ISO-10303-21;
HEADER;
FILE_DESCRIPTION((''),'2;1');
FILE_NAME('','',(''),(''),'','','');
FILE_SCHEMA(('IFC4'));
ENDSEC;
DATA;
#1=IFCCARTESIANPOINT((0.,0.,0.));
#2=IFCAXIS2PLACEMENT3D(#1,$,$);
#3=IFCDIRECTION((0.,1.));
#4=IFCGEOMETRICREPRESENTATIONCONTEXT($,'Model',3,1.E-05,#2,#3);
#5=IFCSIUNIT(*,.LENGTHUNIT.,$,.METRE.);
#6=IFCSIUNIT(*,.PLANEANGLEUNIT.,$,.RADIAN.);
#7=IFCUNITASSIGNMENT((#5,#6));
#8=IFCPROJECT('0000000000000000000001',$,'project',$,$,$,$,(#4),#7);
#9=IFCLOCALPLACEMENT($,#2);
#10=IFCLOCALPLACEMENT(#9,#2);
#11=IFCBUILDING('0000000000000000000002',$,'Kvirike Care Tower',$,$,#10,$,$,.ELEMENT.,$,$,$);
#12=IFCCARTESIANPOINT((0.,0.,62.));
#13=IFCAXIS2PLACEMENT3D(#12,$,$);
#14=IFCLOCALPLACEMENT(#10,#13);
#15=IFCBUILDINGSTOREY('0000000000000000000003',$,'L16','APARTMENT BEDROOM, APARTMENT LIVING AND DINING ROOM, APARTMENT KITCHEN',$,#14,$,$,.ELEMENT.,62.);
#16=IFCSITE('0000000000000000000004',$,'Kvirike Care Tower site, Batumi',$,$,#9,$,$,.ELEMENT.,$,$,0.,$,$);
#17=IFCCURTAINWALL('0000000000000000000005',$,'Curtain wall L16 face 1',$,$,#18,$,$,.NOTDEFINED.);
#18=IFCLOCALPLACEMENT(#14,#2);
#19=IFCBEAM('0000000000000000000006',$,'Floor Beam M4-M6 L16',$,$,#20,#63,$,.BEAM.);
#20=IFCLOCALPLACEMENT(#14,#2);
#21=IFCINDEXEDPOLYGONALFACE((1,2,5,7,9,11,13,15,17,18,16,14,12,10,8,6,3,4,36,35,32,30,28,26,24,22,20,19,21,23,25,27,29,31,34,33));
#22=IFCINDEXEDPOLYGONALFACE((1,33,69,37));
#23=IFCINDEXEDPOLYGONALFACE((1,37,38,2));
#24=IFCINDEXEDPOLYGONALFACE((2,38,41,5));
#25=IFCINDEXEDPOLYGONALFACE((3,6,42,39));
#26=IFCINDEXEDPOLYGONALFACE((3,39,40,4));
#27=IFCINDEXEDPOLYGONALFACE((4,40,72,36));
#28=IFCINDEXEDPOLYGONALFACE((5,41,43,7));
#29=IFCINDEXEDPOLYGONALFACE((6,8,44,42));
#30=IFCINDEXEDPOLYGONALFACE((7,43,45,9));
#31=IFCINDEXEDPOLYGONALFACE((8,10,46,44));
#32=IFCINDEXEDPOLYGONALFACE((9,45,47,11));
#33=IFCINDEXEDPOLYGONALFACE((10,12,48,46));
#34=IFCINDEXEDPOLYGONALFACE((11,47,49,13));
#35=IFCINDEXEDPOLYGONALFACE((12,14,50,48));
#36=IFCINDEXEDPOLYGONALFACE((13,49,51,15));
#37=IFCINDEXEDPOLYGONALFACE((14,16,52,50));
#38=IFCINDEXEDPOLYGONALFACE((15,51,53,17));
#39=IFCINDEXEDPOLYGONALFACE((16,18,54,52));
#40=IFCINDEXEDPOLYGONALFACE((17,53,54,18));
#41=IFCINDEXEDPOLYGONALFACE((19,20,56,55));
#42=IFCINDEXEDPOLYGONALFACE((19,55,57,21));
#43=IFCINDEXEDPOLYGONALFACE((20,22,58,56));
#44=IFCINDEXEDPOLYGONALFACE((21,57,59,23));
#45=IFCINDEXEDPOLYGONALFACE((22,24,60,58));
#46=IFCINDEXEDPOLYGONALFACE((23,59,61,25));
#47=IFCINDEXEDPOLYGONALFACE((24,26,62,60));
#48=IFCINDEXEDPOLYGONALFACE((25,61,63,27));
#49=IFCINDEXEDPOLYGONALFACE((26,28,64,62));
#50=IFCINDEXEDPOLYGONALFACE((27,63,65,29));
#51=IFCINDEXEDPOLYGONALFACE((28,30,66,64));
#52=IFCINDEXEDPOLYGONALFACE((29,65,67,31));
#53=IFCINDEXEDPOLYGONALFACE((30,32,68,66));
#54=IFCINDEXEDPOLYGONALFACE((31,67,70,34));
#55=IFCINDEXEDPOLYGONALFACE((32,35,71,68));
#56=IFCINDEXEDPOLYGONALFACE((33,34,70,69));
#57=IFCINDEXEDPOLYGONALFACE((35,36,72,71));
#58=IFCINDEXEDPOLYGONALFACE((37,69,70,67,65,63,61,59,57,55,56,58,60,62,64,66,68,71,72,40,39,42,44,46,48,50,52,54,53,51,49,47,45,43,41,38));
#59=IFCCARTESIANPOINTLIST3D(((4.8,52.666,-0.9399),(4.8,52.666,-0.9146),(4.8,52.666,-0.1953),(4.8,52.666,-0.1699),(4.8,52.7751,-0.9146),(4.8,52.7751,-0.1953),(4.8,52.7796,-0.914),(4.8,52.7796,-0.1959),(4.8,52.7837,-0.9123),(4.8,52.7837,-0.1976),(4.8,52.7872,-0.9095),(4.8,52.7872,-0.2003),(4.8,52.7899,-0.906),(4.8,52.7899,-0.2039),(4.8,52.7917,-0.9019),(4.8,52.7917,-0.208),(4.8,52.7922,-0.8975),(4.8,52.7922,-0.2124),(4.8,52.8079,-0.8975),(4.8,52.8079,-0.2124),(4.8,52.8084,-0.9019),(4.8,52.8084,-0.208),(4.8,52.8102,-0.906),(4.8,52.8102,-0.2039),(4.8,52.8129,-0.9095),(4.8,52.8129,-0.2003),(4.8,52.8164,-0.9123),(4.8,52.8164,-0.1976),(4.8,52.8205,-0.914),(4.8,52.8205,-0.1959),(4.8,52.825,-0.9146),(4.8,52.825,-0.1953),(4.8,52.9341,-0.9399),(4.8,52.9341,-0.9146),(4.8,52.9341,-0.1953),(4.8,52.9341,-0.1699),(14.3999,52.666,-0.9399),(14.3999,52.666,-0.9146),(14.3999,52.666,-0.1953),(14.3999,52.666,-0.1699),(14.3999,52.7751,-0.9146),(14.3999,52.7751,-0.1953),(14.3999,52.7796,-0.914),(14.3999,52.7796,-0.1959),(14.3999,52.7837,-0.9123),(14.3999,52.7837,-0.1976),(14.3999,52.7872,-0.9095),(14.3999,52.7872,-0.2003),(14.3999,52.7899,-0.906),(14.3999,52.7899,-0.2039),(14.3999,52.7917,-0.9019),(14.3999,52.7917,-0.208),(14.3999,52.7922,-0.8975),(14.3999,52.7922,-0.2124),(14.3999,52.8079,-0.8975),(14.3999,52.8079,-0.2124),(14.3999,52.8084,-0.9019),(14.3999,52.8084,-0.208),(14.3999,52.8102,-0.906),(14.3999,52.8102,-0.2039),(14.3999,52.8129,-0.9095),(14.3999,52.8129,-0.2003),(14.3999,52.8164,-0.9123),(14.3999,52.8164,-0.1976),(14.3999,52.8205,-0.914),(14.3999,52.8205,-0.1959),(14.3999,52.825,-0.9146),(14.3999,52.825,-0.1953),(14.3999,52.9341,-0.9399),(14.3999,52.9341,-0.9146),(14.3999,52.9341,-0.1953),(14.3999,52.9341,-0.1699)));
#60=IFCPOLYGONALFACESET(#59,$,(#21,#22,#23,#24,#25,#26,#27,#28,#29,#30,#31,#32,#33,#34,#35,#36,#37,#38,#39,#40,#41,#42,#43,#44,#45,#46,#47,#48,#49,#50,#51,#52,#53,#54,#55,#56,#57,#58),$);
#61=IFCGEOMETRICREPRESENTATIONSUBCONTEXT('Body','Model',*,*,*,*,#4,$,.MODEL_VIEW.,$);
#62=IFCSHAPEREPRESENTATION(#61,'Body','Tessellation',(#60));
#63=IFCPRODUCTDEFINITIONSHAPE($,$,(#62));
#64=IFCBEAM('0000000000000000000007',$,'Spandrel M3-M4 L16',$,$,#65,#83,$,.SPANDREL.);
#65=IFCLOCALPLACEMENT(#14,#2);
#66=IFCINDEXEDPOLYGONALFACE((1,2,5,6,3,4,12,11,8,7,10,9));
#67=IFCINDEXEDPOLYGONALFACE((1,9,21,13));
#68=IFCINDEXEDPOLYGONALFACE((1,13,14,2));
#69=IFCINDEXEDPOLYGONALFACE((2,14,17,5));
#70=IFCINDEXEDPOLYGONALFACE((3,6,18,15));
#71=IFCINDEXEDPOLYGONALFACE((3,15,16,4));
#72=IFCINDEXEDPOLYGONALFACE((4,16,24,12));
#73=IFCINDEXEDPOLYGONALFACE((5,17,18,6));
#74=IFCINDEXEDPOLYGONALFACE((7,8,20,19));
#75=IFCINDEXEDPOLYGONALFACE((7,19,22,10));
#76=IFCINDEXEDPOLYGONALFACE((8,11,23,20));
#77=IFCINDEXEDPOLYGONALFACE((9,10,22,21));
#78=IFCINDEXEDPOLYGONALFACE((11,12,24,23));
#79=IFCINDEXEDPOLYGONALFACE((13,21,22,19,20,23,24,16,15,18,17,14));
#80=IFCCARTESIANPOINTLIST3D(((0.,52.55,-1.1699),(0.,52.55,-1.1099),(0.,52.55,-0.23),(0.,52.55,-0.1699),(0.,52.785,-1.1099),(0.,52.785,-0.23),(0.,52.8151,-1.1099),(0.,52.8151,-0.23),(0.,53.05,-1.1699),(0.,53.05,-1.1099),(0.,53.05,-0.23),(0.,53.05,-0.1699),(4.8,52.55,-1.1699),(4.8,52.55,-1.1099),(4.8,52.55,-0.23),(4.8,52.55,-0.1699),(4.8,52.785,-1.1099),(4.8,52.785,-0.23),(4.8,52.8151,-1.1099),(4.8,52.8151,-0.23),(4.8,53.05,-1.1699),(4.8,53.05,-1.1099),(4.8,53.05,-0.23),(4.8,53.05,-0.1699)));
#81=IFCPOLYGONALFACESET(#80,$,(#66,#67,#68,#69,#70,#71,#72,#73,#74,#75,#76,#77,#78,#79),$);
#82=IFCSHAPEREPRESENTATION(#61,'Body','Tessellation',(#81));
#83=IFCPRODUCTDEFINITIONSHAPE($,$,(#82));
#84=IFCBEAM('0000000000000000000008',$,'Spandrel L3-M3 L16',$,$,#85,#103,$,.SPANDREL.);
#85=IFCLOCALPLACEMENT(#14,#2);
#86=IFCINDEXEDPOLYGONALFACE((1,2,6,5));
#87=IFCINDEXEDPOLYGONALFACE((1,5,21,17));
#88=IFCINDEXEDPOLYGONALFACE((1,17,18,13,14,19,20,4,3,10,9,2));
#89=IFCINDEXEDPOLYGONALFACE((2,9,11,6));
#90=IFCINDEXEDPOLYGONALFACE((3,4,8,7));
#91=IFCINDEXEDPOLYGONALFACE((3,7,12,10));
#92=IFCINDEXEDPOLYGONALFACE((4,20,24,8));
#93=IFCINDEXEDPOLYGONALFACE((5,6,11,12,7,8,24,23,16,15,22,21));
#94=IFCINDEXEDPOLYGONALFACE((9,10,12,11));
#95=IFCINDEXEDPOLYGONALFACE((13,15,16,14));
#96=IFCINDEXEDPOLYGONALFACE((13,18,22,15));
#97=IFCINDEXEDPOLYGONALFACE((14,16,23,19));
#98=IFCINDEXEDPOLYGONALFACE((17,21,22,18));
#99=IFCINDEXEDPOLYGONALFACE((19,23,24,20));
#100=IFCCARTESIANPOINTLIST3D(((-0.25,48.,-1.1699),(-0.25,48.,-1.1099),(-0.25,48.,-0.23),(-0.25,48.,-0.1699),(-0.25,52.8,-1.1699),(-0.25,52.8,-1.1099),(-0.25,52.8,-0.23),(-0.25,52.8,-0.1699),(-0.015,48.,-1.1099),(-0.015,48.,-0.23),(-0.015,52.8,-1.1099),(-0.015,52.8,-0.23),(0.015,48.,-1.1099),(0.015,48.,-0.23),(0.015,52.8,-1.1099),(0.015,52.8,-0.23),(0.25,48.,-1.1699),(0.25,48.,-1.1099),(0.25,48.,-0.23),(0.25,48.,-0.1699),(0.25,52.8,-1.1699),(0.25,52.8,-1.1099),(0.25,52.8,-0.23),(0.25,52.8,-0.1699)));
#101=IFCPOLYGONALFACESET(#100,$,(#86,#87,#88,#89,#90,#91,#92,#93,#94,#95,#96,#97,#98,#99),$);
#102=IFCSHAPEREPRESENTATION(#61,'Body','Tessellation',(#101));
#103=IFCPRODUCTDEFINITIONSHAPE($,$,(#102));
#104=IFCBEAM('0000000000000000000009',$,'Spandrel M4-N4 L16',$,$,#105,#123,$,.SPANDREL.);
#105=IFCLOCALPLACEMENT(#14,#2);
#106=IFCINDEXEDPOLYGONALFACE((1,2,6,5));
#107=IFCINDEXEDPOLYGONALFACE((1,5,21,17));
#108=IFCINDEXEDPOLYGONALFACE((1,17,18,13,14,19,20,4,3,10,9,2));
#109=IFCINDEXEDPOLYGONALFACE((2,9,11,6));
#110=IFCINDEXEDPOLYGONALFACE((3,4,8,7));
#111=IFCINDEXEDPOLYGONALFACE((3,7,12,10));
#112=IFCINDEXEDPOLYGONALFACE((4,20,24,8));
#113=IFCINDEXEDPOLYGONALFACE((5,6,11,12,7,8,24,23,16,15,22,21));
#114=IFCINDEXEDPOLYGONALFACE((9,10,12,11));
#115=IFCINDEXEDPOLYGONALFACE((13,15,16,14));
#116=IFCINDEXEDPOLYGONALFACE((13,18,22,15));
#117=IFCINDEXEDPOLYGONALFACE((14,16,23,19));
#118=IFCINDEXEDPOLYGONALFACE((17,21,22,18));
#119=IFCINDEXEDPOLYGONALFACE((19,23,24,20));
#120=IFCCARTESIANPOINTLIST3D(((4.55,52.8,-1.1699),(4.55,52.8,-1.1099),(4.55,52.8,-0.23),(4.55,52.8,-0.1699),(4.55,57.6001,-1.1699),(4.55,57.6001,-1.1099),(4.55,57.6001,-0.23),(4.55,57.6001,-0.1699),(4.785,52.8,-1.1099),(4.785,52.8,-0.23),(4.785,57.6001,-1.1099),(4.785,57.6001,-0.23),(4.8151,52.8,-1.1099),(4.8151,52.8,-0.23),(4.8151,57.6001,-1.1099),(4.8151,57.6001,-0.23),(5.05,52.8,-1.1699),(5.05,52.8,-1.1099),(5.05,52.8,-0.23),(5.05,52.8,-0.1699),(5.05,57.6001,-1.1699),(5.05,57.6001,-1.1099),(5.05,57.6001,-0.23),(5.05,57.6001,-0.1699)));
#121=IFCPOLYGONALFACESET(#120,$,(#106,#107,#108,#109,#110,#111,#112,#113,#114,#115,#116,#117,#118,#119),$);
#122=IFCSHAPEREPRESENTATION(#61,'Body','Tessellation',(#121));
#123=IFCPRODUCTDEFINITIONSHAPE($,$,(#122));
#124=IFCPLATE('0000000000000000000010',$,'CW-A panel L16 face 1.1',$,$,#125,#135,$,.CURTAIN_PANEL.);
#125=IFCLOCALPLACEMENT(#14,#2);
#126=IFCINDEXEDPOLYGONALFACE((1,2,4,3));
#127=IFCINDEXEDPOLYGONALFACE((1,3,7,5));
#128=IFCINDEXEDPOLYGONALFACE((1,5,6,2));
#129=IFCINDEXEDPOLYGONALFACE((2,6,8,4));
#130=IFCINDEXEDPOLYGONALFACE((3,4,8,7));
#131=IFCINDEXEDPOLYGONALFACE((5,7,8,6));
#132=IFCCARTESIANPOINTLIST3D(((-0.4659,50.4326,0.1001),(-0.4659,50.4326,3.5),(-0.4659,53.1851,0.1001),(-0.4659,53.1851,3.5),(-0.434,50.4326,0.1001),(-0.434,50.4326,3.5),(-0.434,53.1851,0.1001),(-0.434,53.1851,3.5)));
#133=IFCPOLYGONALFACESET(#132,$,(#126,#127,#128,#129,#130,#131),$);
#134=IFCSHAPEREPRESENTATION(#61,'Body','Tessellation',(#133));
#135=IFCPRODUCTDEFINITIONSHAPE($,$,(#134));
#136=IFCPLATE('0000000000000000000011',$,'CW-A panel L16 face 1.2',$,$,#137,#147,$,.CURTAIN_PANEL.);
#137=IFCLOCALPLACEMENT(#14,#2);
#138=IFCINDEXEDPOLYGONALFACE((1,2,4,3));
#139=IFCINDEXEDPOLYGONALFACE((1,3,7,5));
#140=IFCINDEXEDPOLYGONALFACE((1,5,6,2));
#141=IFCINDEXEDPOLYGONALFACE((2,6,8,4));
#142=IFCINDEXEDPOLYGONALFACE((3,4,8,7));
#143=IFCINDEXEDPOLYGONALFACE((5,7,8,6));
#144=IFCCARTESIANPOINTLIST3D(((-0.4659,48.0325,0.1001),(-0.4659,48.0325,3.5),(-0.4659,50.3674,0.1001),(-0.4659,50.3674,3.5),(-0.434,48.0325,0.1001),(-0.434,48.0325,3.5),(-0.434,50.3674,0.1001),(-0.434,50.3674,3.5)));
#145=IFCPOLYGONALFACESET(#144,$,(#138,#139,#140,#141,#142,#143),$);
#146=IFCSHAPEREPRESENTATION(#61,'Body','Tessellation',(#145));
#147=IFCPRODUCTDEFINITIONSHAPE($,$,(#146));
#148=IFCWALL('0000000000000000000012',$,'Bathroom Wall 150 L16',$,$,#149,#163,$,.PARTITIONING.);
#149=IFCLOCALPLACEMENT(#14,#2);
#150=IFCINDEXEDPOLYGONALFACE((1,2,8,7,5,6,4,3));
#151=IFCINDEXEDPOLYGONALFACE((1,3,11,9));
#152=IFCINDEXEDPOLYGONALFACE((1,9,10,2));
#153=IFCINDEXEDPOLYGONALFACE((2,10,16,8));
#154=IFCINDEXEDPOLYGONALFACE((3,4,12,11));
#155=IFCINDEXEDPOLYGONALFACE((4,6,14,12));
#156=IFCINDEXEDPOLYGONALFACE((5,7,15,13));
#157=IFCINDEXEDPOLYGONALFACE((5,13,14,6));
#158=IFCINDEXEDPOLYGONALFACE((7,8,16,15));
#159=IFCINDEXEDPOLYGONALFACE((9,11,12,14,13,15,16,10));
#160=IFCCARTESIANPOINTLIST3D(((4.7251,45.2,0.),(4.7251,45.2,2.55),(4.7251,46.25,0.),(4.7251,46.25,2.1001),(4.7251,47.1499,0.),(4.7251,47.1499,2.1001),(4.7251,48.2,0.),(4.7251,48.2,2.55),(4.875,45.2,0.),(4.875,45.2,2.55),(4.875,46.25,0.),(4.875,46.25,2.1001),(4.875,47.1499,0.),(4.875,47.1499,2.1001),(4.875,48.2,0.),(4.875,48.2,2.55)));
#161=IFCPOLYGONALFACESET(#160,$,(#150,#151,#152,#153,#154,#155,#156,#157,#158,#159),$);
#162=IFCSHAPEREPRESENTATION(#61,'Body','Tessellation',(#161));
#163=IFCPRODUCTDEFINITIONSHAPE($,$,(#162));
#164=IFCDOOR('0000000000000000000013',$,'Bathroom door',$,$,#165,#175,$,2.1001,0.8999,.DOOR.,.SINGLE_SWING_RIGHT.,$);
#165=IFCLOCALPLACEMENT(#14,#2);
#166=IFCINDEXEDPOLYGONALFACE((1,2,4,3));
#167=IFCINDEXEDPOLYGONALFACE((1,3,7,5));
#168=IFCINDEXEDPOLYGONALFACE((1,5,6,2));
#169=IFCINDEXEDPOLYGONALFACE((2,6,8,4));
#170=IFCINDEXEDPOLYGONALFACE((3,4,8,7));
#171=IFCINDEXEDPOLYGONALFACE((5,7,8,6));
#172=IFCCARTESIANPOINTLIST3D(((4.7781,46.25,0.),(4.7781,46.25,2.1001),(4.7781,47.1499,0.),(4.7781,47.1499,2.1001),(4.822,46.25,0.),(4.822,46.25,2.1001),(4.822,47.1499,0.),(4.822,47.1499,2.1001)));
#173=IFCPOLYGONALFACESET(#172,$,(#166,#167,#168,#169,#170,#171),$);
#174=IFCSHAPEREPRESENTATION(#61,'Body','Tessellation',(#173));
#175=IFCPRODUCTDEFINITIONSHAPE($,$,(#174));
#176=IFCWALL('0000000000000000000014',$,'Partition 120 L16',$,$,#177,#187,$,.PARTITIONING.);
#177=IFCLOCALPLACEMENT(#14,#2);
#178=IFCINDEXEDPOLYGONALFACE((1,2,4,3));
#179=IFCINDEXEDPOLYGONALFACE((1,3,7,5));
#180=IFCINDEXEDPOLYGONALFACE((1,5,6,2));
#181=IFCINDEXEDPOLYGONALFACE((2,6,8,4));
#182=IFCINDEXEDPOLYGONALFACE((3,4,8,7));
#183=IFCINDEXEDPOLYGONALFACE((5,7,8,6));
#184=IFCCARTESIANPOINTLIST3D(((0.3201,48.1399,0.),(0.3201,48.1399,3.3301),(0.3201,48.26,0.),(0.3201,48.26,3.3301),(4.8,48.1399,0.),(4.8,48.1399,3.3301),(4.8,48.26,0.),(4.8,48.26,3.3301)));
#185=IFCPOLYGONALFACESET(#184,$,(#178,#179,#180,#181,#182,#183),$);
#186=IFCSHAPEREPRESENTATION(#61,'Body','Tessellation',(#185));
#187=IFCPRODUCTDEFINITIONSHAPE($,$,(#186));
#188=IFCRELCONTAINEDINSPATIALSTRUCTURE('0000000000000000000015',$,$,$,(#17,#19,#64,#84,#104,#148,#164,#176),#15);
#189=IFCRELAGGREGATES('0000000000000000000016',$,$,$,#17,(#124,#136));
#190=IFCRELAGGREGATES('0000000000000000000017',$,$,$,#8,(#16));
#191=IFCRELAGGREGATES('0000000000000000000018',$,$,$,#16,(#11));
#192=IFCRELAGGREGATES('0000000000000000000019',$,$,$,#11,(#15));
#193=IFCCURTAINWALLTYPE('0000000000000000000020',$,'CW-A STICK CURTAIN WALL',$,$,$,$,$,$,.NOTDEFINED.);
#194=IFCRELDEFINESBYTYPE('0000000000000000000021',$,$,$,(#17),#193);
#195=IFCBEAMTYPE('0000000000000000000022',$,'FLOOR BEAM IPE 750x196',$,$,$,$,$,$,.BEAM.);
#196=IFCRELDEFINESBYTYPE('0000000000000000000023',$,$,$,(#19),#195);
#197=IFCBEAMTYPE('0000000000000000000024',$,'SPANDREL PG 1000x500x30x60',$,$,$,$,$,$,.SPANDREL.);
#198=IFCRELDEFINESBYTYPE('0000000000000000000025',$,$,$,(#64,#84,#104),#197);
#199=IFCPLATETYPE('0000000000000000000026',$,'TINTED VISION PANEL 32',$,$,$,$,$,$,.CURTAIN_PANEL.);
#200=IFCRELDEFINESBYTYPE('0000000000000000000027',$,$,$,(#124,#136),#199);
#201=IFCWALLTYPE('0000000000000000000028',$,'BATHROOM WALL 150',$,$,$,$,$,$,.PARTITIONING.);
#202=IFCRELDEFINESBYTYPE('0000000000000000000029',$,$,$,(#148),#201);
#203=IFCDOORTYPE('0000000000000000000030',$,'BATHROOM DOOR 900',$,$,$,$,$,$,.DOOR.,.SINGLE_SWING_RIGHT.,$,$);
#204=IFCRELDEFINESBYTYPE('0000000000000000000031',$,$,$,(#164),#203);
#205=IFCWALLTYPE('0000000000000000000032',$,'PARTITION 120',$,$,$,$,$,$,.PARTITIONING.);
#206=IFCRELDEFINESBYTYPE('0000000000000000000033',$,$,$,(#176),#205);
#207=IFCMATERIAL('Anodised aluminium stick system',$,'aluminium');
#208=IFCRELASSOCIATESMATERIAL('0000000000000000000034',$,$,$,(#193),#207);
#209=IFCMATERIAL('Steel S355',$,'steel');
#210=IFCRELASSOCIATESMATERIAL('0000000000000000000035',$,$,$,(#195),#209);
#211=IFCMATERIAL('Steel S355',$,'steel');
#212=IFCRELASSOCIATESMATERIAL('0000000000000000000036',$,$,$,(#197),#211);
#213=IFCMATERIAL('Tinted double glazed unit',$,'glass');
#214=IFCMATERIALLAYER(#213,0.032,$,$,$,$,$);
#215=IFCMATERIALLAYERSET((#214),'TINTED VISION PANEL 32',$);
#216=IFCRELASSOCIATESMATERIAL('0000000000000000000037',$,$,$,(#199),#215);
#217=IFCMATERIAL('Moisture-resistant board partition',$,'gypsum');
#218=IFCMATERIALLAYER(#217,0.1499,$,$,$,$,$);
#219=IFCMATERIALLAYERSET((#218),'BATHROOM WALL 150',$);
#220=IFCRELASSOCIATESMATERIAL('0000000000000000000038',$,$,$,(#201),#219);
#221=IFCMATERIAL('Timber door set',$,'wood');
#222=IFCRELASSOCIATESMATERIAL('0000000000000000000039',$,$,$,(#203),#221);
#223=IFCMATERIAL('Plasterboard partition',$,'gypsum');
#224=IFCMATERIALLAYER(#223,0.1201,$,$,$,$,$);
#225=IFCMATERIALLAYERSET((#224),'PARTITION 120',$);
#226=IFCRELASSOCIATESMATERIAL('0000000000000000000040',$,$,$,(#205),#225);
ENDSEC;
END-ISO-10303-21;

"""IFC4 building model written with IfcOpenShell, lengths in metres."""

from ifc_helpers import new_model, si_unit, direction, frame, frame_2d, origin, origin_2d, place, context, subcontext, project, spatial, rectangle, i_section, extrude, material, layer, layer_set, material_profile, profile_set, type_object, element, fill, aggregate, save


model = new_model("IFC4")

# Units and contexts
model_context = context("Model", 3, precision=1e-05, world=origin(), true_north=direction((0.0, 1.0)))
body_context = subcontext(model_context, "Body", "Model", "MODEL_VIEW")
ifc_project = project(units=[si_unit("LENGTHUNIT", "METRE"), si_unit("PLANEANGLEUNIT", "RADIAN")], contexts=[model_context])

# Site, building, storey
site_placement = place(None, origin())
site = spatial("IfcSite", under=ifc_project, at=site_placement, Name="Kvirike Care Tower site, Batumi", CompositionType="ELEMENT", RefElevation=0.0)
building_placement = place(site_placement, origin())
building = spatial("IfcBuilding", under=site, at=building_placement, Name="Kvirike Care Tower", CompositionType="ELEMENT")
storey_placement = place(building_placement, frame((0.0, 0.0, 62.0)))
storey = spatial("IfcBuildingStorey", under=building, at=storey_placement, Name="L16", Description="APARTMENT BEDROOM, APARTMENT LIVING AND DINING ROOM, APARTMENT KITCHEN", CompositionType="ELEMENT", Elevation=62.0)

# Curtain wall
ifc_material_1 = material(Name="Anodised aluminium stick system", Category="aluminium")
curtain_wall_type = type_object("IfcCurtainWallType", Name="CW-A STICK CURTAIN WALL", PredefinedType="NOTDEFINED", material=ifc_material_1)
curtain_wall_1_placement = place(storey_placement, origin())
curtain_wall_1 = element("IfcCurtainWall", 1, at=curtain_wall_1_placement, inside=storey, type_object=curtain_wall_type, Name="Curtain wall L16 face 1", PredefinedType="NOTDEFINED")

# Beams
ifc_material_2 = material(Name="Steel S355", Category="steel")
ifc_material_profile_1 = material_profile(ifc_material_2, i_section(OverallWidth=0.2681, OverallDepth=0.77, WebThickness=0.0156, FlangeThickness=0.0254, FilletRadius=0.0171, at=origin_2d()), Name="IPE 750x196")
ifc_profile_set_1 = profile_set([ifc_material_profile_1], Name="Steel S355")
beam_type_1 = type_object("IfcBeamType", Name="FLOOR BEAM IPE 750x196", PredefinedType="BEAM", material=ifc_profile_set_1)
beam_1_placement = place(storey_placement, frame((4.8, 52.8, -0.5549), z_axis=(1.0, 0.0, 0.0), x_axis=(0.0, 1.0, 0.0)))
element("IfcBeam", 2, at=beam_1_placement, inside=storey, type_object=beam_type_1, Name="Floor Beam M4-M6 L16", PredefinedType="BEAM", context=body_context, shape_type="SweptSolid", body=[
    extrude(i_section(OverallWidth=0.2681, OverallDepth=0.77, WebThickness=0.0156, FlangeThickness=0.0254, FilletRadius=0.0171, at=origin_2d()), origin(), (0.0, 0.0, 1.0), 9.5999),
])
ifc_material_3 = material(Name="Steel S355", Category="steel")
ifc_material_profile_2 = material_profile(ifc_material_3, i_section(OverallWidth=0.5, OverallDepth=1.0, WebThickness=0.03, FlangeThickness=0.0601, at=origin_2d()), Name="PG 1000x500x30x60")
ifc_profile_set_2 = profile_set([ifc_material_profile_2], Name="Steel S355")
beam_type_2 = type_object("IfcBeamType", Name="SPANDREL PG 1000x500x30x60", PredefinedType="SPANDREL", material=ifc_profile_set_2)
for number, where, z_axis, x_axis, name in (
    (3, (0.0, 52.8, -0.6699), (1.0, 0.0, 0.0), (0.0, 1.0, 0.0), "Spandrel M3-M4 L16"),
    (4, (0.0, 48.0, -0.6699), (0.0, 1.0, 0.0), (-1.0, 0.0, 0.0), "Spandrel L3-M3 L16"),
    (5, (4.8, 52.8, -0.6699), (0.0, 1.0, 0.0), (-1.0, 0.0, 0.0), "Spandrel M4-N4 L16"),
):
    element("IfcBeam", number, at=place(storey_placement, frame(where, z_axis=z_axis, x_axis=x_axis)), inside=storey, type_object=beam_type_2, Name=name, PredefinedType="SPANDREL", context=body_context, shape_type="SweptSolid", body=[
        extrude(i_section(OverallWidth=0.5, OverallDepth=1.0, WebThickness=0.03, FlangeThickness=0.0601, at=origin_2d()), origin(), (0.0, 0.0, 1.0), 4.8),
    ])

# Plates
ifc_material_4 = material(Name="Tinted double glazed unit", Category="glass")
ifc_layer_1 = layer(ifc_material_4, 0.032)
ifc_layer_set_1 = layer_set([ifc_layer_1], Name="TINTED VISION PANEL 32")
plate_type = type_object("IfcPlateType", Name="TINTED VISION PANEL 32", PredefinedType="CURTAIN_PANEL", material=ifc_layer_set_1)
plate_1_placement = place(storey_placement, frame((-0.45, 51.8088, 0.1001), z_axis=(0.0, 0.0, 1.0), x_axis=(0.0, -1.0, 0.0)))
plate_1 = element("IfcPlate", 6, at=plate_1_placement, type_object=plate_type, Name="CW-A panel L16 face 1.1", PredefinedType="CURTAIN_PANEL", context=body_context, shape_type="SweptSolid", body=[
    extrude(rectangle(XDim=2.7524, YDim=0.032, at=origin_2d()), origin(), (0.0, 0.0, 1.0), 3.3999),
])
plate_2_placement = place(storey_placement, frame((-0.45, 49.2, 0.1001), z_axis=(0.0, 0.0, 1.0), x_axis=(0.0, -1.0, 0.0)))
plate_2 = element("IfcPlate", 7, at=plate_2_placement, type_object=plate_type, Name="CW-A panel L16 face 1.2", PredefinedType="CURTAIN_PANEL", context=body_context, shape_type="SweptSolid", body=[
    extrude(rectangle(XDim=2.335, YDim=0.032, at=origin_2d()), origin(), (0.0, 0.0, 1.0), 3.3999),
])
aggregate(curtain_wall_1, [plate_1, plate_2])

# Wall, opening, door
ifc_material_5 = material(Name="Moisture-resistant board partition", Category="gypsum")
ifc_layer_2 = layer(ifc_material_5, 0.1499)
ifc_layer_set_2 = layer_set([ifc_layer_2], Name="BATHROOM WALL 150")
wall_type_1 = type_object("IfcWallType", Name="BATHROOM WALL 150", PredefinedType="PARTITIONING", material=ifc_layer_set_2)
wall_1_placement = place(storey_placement, frame((4.8, 48.2, 0.0), z_axis=(0.0, 0.0, 1.0), x_axis=(0.0, -1.0, 0.0)))
wall_1 = element("IfcWall", 8, at=wall_1_placement, inside=storey, type_object=wall_type_1, Name="Bathroom Wall 150 L16", PredefinedType="PARTITIONING", context=body_context, shape_type="SweptSolid", body=[
    extrude(rectangle(XDim=3.0, YDim=0.1499, at=frame_2d((1.5, 0.0))), origin(), (0.0, 0.0, 1.0), 2.55),
])
opening_placement = place(wall_1_placement, frame((1.05, 0.0, 0.0)))
opening = element("IfcOpeningElement", 9, at=opening_placement, cuts=wall_1, PredefinedType="OPENING", context=body_context, shape_type="SweptSolid", body=[
    extrude(rectangle(XDim=0.8999, YDim=2.1001, at=frame_2d((0.45, 1.05))), frame((0.0, 0.0854, 0.0), z_axis=(0.0, -1.0, 0.0), x_axis=(1.0, 0.0, 0.0)), (0.0, 0.0, 1.0), 0.1709),
])
ifc_material_6 = material(Name="Timber door set", Category="wood")
door_type = type_object("IfcDoorType", Name="BATHROOM DOOR 900", OperationType="SINGLE_SWING_RIGHT", PredefinedType="DOOR", material=ifc_material_6)
door_placement = place(opening_placement, frame((0.8999, 0.0, 0.0), z_axis=(0.0, 0.0, 1.0), x_axis=(-1.0, 0.0, 0.0)))
door = element("IfcDoor", 10, at=door_placement, inside=storey, type_object=door_type, Name="Bathroom door", OperationType="SINGLE_SWING_RIGHT", OverallHeight=2.1001, OverallWidth=0.8999, PredefinedType="DOOR", context=body_context, shape_type="SweptSolid", body=[
    extrude(rectangle(XDim=0.8999, YDim=2.1001, at=frame_2d((0.45, 1.05))), frame((0.0, 0.022, 0.0), z_axis=(0.0, -1.0, 0.0), x_axis=(1.0, 0.0, 0.0)), (0.0, 0.0, 1.0), 0.0439),
])
fill(opening, door)

# Wall
ifc_material_7 = material(Name="Plasterboard partition", Category="gypsum")
ifc_layer_3 = layer(ifc_material_7, 0.1201)
ifc_layer_set_3 = layer_set([ifc_layer_3], Name="PARTITION 120")
wall_type_2 = type_object("IfcWallType", Name="PARTITION 120", PredefinedType="PARTITIONING", material=ifc_layer_set_3)
wall_2_placement = place(storey_placement, frame((4.8, 48.2, 0.0), z_axis=(0.0, 0.0, 1.0), x_axis=(-1.0, 0.0, 0.0)))
element("IfcWall", 11, at=wall_2_placement, inside=storey, type_object=wall_type_2, Name="Partition 120 L16", PredefinedType="PARTITIONING", context=body_context, shape_type="SweptSolid", body=[
    extrude(rectangle(XDim=4.48, YDim=0.1201, at=frame_2d((2.24, 0.0))), origin(), (0.0, 0.0, 1.0), 3.3301),
])

save(model, "model.ifc")
